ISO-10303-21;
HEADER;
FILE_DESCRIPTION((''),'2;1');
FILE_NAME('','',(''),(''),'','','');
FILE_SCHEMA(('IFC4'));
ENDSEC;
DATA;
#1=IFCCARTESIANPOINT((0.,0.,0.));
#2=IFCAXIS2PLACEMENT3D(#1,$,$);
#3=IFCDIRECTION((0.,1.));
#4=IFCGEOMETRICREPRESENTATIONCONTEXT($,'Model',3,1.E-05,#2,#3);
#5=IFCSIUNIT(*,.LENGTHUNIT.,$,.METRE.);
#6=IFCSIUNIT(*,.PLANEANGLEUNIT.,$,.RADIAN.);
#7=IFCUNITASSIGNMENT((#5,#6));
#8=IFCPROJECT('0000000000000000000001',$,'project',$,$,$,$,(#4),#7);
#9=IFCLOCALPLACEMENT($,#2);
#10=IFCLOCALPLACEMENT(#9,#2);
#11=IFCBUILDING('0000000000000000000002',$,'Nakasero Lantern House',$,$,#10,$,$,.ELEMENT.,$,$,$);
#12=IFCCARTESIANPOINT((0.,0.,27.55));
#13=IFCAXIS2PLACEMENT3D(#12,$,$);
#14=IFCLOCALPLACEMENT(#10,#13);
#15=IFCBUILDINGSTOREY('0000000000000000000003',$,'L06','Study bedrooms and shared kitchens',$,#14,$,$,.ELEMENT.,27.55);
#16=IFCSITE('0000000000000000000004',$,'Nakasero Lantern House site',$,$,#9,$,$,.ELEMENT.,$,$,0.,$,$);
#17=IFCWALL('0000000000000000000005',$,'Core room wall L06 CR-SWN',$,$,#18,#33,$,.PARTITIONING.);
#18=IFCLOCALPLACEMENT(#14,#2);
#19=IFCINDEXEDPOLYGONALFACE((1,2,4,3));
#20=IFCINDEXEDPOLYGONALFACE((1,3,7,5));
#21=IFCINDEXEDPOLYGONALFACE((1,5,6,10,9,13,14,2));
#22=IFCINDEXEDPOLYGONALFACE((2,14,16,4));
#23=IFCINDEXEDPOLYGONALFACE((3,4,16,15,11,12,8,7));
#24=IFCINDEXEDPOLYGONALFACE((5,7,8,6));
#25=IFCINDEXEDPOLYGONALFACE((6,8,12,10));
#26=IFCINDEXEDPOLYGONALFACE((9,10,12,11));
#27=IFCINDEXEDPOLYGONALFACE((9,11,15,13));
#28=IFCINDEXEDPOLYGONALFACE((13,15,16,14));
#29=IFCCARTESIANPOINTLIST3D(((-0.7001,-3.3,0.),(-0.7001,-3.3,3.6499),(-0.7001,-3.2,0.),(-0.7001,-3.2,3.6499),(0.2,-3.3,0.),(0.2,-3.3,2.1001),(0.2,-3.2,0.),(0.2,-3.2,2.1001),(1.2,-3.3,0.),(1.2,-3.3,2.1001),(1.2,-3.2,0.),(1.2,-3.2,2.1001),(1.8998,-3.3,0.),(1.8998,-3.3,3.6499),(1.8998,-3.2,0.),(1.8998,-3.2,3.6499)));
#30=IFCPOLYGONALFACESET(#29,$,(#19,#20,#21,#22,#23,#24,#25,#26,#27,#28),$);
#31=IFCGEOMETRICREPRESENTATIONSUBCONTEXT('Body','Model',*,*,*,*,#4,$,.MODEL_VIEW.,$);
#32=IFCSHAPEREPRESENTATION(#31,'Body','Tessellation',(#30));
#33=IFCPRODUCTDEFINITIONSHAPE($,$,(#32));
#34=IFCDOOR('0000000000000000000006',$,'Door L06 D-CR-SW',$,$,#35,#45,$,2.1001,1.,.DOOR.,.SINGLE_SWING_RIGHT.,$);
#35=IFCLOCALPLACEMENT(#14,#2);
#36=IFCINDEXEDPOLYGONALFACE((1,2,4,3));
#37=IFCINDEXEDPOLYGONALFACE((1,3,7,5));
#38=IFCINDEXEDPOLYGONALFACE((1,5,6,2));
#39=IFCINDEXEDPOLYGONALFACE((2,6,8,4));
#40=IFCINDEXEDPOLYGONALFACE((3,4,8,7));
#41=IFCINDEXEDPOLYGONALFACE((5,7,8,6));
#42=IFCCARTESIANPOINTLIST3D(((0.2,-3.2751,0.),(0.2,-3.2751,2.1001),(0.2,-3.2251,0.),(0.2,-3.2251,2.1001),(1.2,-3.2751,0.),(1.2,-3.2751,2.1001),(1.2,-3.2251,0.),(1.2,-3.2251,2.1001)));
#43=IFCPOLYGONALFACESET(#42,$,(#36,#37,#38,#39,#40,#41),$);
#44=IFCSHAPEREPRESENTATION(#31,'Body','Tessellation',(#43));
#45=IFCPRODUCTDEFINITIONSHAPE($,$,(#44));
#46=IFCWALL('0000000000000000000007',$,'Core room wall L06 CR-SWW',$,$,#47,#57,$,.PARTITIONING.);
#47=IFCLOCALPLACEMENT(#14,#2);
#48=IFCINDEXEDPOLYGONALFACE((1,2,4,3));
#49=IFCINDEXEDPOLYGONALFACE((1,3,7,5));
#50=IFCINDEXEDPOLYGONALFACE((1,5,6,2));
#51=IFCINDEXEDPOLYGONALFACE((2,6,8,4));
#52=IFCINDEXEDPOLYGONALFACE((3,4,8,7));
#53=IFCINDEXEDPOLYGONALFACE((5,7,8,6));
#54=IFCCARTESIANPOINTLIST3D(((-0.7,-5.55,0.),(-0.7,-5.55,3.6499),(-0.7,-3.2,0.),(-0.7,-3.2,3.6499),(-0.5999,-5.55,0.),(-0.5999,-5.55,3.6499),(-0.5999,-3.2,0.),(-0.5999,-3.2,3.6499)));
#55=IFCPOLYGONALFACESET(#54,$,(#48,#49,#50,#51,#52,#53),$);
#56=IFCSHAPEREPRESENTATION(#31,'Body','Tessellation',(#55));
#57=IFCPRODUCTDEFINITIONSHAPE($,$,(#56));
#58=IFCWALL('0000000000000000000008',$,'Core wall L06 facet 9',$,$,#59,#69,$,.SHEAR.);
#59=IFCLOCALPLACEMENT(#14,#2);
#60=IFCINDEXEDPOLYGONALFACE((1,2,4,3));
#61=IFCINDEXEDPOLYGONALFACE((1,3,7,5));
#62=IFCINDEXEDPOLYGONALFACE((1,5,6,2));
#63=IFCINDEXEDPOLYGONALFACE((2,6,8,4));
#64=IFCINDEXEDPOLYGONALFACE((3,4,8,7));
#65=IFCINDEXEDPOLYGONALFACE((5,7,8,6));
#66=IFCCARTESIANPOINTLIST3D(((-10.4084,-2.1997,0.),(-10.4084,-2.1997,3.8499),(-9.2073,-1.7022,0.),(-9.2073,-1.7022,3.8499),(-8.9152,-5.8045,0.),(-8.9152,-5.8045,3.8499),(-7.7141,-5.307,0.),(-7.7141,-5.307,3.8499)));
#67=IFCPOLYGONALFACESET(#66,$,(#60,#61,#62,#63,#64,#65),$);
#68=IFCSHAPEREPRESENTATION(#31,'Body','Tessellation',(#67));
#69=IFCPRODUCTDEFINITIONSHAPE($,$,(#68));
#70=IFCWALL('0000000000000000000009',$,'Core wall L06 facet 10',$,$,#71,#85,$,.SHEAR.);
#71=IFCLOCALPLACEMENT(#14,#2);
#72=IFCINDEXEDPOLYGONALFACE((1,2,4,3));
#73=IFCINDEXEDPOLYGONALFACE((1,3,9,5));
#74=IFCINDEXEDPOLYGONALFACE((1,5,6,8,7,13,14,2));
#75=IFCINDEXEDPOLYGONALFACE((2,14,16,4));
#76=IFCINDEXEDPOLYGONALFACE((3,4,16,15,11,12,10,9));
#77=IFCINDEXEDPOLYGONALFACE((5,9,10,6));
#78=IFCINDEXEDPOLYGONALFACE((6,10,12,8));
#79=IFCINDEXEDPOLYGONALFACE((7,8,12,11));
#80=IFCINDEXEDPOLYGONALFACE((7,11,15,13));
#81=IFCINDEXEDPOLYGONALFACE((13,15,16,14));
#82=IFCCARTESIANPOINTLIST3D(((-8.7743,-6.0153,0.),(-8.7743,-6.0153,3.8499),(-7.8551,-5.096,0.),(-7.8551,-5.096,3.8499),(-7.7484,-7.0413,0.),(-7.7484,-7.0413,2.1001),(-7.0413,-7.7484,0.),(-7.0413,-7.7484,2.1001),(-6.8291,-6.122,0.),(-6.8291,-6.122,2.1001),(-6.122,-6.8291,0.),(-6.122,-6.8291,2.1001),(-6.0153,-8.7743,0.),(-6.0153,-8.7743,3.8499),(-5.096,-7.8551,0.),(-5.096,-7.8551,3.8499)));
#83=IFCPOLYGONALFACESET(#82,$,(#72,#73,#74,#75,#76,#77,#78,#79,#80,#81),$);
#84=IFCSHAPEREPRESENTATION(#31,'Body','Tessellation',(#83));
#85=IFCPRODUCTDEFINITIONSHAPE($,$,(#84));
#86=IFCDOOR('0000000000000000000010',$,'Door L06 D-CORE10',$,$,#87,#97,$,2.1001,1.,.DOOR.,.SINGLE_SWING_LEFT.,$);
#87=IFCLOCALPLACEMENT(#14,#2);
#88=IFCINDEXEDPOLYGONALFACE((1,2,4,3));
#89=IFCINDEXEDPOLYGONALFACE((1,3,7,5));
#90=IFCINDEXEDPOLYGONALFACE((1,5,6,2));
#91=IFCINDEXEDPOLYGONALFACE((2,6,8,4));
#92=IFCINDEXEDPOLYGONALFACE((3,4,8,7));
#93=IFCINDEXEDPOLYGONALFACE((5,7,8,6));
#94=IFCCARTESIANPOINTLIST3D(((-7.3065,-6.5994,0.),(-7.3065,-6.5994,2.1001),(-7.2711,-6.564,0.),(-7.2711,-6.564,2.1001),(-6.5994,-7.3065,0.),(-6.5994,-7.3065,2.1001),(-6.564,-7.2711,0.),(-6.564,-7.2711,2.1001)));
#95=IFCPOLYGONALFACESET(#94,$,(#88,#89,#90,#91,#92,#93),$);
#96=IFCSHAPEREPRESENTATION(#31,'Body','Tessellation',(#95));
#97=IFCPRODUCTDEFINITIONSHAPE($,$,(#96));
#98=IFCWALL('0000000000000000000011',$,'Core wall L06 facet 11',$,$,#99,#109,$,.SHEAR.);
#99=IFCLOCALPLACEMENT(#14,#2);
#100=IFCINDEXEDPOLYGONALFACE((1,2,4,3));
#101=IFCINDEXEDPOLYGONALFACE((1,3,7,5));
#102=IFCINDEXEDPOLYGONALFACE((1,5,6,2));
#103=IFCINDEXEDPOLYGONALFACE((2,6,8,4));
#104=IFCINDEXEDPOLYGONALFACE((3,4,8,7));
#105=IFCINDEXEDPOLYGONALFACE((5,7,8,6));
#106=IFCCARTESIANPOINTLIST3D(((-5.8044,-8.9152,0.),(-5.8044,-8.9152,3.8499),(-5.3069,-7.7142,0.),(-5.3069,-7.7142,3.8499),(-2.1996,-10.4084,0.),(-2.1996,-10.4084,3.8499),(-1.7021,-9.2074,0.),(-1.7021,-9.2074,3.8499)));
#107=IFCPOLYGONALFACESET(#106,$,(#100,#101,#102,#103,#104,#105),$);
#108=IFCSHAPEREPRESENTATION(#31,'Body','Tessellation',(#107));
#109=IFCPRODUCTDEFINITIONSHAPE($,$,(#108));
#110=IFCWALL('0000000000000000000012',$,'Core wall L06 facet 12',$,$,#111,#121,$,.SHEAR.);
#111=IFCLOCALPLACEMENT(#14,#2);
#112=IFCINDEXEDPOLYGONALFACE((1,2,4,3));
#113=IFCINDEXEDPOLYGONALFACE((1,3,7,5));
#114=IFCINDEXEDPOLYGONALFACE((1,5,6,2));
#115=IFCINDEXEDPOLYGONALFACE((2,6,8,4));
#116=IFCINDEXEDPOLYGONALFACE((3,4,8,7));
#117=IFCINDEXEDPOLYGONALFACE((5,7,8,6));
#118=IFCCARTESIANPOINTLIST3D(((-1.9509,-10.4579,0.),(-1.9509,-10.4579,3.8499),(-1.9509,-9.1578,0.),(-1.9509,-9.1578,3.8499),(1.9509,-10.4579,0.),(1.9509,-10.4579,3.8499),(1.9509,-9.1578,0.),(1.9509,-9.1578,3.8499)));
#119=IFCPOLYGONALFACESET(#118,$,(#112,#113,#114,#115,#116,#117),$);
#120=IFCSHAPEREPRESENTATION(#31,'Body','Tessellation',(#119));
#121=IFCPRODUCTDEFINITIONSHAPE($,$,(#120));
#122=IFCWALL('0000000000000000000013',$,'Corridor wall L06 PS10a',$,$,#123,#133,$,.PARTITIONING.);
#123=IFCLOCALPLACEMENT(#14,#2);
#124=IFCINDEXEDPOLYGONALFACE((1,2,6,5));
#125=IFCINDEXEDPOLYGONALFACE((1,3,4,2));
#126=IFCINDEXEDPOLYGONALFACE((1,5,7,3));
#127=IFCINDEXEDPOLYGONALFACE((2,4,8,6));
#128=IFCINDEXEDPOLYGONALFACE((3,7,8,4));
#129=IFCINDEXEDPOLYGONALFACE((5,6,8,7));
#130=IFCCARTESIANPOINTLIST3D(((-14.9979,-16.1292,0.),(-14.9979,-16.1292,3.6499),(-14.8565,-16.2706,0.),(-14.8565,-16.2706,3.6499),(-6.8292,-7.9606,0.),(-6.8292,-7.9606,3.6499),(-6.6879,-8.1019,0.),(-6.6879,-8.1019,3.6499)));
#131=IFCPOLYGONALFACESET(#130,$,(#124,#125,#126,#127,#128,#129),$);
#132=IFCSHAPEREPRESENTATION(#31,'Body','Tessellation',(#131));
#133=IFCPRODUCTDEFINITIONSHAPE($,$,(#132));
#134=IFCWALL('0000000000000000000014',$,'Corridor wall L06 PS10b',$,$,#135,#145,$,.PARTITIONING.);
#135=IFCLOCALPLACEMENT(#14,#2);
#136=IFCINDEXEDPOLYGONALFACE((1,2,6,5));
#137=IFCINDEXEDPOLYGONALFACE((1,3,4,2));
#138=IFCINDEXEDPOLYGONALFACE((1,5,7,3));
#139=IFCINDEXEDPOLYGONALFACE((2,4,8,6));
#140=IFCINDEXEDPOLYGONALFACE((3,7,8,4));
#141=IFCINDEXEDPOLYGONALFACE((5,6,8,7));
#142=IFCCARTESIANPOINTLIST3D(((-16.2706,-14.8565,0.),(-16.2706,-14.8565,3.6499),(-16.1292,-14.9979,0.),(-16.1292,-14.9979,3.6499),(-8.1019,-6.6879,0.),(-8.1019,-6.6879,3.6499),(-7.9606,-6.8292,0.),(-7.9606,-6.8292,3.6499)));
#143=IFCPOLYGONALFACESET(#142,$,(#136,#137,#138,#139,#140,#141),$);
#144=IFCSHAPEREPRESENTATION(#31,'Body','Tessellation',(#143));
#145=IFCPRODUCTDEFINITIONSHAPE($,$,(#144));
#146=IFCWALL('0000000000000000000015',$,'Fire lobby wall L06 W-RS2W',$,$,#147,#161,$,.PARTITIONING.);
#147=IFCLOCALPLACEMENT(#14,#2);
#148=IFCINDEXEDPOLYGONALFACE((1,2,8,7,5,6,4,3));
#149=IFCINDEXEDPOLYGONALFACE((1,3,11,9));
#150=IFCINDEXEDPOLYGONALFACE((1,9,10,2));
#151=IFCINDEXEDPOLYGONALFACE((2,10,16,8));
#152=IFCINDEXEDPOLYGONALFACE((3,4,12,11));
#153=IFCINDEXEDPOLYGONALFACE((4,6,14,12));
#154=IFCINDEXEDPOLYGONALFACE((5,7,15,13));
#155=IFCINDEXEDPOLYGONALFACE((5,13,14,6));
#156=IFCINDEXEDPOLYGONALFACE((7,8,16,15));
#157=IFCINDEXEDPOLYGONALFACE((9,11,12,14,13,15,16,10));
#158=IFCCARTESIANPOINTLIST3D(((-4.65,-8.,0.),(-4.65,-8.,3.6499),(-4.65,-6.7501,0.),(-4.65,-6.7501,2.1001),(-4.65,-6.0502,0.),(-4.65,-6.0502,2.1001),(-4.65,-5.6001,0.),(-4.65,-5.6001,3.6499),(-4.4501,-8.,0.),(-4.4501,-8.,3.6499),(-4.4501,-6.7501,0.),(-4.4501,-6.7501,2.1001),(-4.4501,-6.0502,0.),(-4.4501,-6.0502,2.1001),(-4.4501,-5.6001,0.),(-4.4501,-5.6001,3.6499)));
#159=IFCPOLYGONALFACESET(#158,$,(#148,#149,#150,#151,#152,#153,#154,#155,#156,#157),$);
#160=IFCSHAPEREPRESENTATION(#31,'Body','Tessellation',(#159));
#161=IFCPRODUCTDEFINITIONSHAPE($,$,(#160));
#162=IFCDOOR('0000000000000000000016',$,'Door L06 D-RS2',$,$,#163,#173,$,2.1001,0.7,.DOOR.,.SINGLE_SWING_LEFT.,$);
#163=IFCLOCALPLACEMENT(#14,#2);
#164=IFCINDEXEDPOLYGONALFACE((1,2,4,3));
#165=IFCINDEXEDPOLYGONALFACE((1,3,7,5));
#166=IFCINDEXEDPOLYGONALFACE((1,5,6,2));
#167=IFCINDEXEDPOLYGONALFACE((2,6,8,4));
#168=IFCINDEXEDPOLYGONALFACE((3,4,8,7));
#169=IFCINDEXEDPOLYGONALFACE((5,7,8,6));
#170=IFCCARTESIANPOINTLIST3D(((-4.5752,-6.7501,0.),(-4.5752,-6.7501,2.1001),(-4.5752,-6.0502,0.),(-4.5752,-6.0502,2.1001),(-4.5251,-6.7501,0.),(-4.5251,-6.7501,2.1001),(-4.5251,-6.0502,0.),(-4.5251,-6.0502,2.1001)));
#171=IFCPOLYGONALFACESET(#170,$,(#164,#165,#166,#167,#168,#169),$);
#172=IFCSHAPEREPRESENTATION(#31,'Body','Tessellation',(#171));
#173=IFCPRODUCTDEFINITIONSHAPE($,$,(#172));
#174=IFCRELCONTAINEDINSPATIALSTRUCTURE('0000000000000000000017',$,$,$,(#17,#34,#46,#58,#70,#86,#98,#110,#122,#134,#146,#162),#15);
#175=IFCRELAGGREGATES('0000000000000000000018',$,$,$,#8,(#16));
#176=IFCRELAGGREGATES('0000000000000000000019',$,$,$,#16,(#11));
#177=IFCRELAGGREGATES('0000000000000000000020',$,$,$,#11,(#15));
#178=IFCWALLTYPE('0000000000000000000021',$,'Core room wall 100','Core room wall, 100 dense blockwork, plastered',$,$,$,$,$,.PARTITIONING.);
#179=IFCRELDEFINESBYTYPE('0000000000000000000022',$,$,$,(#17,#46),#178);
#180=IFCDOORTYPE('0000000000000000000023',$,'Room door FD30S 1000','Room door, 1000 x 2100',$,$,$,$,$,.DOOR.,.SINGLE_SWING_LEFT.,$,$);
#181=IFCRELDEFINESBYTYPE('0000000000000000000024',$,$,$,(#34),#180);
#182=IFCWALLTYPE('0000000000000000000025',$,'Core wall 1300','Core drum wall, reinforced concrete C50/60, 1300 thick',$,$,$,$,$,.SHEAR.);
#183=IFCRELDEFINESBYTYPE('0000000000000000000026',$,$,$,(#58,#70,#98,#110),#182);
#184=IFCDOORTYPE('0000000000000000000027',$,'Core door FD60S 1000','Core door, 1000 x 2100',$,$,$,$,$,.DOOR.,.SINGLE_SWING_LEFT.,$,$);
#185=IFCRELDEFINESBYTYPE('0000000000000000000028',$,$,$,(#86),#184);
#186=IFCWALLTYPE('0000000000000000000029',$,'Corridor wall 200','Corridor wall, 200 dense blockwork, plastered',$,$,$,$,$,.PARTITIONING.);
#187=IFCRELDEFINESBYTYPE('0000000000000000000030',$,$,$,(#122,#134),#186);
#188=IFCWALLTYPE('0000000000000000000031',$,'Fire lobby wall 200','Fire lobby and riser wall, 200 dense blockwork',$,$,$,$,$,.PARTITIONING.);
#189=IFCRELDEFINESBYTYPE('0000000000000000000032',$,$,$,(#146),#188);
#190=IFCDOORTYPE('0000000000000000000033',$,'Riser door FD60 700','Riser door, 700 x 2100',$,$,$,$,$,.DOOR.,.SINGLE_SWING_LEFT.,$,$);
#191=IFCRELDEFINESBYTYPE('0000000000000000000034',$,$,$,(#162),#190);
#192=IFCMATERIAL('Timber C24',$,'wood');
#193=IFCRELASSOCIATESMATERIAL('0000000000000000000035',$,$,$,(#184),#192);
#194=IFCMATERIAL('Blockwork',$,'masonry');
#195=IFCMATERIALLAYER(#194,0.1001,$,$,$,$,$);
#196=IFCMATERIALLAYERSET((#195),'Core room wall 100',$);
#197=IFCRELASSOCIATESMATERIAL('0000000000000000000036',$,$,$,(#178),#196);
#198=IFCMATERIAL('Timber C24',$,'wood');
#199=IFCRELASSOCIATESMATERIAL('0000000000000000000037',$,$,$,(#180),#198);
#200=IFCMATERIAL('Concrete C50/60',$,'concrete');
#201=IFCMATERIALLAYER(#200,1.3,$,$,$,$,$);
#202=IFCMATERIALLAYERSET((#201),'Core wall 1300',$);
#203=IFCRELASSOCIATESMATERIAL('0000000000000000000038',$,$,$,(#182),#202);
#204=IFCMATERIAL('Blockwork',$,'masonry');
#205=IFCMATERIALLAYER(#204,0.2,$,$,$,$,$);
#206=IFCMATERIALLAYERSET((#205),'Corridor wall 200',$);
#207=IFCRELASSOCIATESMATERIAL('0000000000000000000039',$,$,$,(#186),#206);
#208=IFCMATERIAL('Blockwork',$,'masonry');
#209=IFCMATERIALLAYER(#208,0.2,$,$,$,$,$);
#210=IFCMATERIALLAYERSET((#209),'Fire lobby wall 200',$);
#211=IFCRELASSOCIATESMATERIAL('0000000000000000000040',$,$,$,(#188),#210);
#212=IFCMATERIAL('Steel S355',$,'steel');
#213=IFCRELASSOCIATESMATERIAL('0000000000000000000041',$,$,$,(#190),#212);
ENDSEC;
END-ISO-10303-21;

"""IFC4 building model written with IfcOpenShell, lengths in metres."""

from ifc_helpers import new_model, si_unit, direction, frame, frame_2d, origin, place, context, subcontext, project, spatial, rectangle, extrude, material, layer, layer_set, type_object, element, fill, save


model = new_model("IFC4")

# Units and contexts
model_context = context("Model", 3, precision=1e-05, world=origin(), true_north=direction((0.0, 1.0)))
body_context = subcontext(model_context, "Body", "Model", "MODEL_VIEW")
ifc_project = project(units=[si_unit("LENGTHUNIT", "METRE"), si_unit("PLANEANGLEUNIT", "RADIAN")], contexts=[model_context])

# Site, building, storey
site_placement = place(None, origin())
site = spatial("IfcSite", under=ifc_project, at=site_placement, Name="Nakasero Lantern House site", CompositionType="ELEMENT", RefElevation=0.0)
building_placement = place(site_placement, origin())
building = spatial("IfcBuilding", under=site, at=building_placement, Name="Nakasero Lantern House", CompositionType="ELEMENT")
storey_placement = place(building_placement, frame((0.0, 0.0, 27.55)))
storey = spatial("IfcBuildingStorey", under=building, at=storey_placement, Name="L06", Description="Study bedrooms and shared kitchens", CompositionType="ELEMENT", Elevation=27.55)

# Shared definitions
ifc_material_1 = material(Name="Timber C24", Category="wood")
door_type_1 = type_object("IfcDoorType", Name="Core door FD60S 1000", Description="Core door, 1000 x 2100", OperationType="SINGLE_SWING_LEFT", PredefinedType="DOOR", material=ifc_material_1)

# Wall, opening, door
ifc_material_2 = material(Name="Blockwork", Category="masonry")
ifc_layer_1 = layer(ifc_material_2, 0.1001)
ifc_layer_set_1 = layer_set([ifc_layer_1], Name="Core room wall 100")
wall_type_1 = type_object("IfcWallType", Name="Core room wall 100", Description="Core room wall, 100 dense blockwork, plastered", PredefinedType="PARTITIONING", material=ifc_layer_set_1)
wall_1_placement = place(storey_placement, frame((-0.7, -3.25, 0.0), z_axis=(0.0, 0.0, 1.0), x_axis=(1.0, 0.0, 0.0)))
wall_1 = element("IfcWall", 1, at=wall_1_placement, inside=storey, type_object=wall_type_1, Name="Core room wall L06 CR-SWN", PredefinedType="PARTITIONING", context=body_context, shape_type="SweptSolid", body=[
    extrude(rectangle(XDim=2.5999, YDim=0.1001, at=frame_2d((1.2998, 0.0))), origin(), (0.0, 0.0, 1.0), 3.6499),
])
opening_1_placement = place(wall_1_placement, frame((0.8999, 0.0, 0.0)))
opening_1 = element("IfcOpeningElement", 2, at=opening_1_placement, cuts=wall_1, PredefinedType="OPENING", context=body_context, shape_type="SweptSolid", body=[
    extrude(rectangle(XDim=1.0, YDim=2.1001, at=frame_2d((0.5, 1.05))), frame((0.0, 0.0701, 0.0), z_axis=(0.0, -1.0, 0.0), x_axis=(1.0, 0.0, 0.0)), (0.0, 0.0, 1.0), 0.1401),
])
ifc_material_3 = material(Name="Timber C24", Category="wood")
door_type_2 = type_object("IfcDoorType", Name="Room door FD30S 1000", Description="Room door, 1000 x 2100", OperationType="SINGLE_SWING_LEFT", PredefinedType="DOOR", material=ifc_material_3)
door_1_placement = place(opening_1_placement, origin())
door_1 = element("IfcDoor", 3, at=door_1_placement, inside=storey, type_object=door_type_2, Name="Door L06 D-CR-SW", OperationType="SINGLE_SWING_RIGHT", OverallHeight=2.1001, OverallWidth=1.0, PredefinedType="DOOR", context=body_context, shape_type="SweptSolid", body=[
    extrude(rectangle(XDim=1.0, YDim=2.1001, at=frame_2d((0.5, 1.05))), frame((0.0, 0.0249, 0.0), z_axis=(0.0, -1.0, 0.0), x_axis=(1.0, 0.0, 0.0)), (0.0, 0.0, 1.0), 0.05),
])
fill(opening_1, door_1)

# Walls
wall_2_placement = place(storey_placement, frame((-0.6499, -5.55, 0.0), z_axis=(0.0, 0.0, 1.0), x_axis=(0.0, 1.0, 0.0)))
element("IfcWall", 4, at=wall_2_placement, inside=storey, type_object=wall_type_1, Name="Core room wall L06 CR-SWW", PredefinedType="PARTITIONING", context=body_context, shape_type="SweptSolid", body=[
    extrude(rectangle(XDim=2.3501, YDim=0.1001, at=frame_2d((1.175, 0.0))), origin(), (0.0, 0.0, 1.0), 3.6499),
])
ifc_material_4 = material(Name="Concrete C50/60", Category="concrete")
ifc_layer_2 = layer(ifc_material_4, 1.3)
ifc_layer_set_2 = layer_set([ifc_layer_2], Name="Core wall 1300")
wall_type_2 = type_object("IfcWallType", Name="Core wall 1300", Description="Core drum wall, reinforced concrete C50/60, 1300 thick", PredefinedType="SHEAR", material=ifc_layer_set_2)
wall_3_placement = place(storey_placement, frame((-9.8079, -1.9509, 0.0), z_axis=(0.0, 0.0, 1.0), x_axis=(0.382691, -0.923877, 0.0)))
element("IfcWall", 5, at=wall_3_placement, inside=storey, type_object=wall_type_2, Name="Core wall L06 facet 9", PredefinedType="SHEAR", context=body_context, shape_type="SweptSolid", body=[
    extrude(rectangle(XDim=3.9019, YDim=1.3, at=frame_2d((1.9509, 0.0))), origin(), (0.0, 0.0, 1.0), 3.8499),
])

# Wall, opening, door
wall_4_placement = place(storey_placement, frame((-8.3147, -5.5557, 0.0), z_axis=(0.0, 0.0, 1.0), x_axis=(0.707107, -0.707107, 0.0)))
wall_4 = element("IfcWall", 6, at=wall_4_placement, inside=storey, type_object=wall_type_2, Name="Core wall L06 facet 10", PredefinedType="SHEAR", context=body_context, shape_type="SweptSolid", body=[
    extrude(rectangle(XDim=3.9019, YDim=1.3, at=frame_2d((1.9509, 0.0))), origin(), (0.0, 0.0, 1.0), 3.8499),
])
opening_2_placement = place(wall_4_placement, frame((1.4509, 0.0, 0.0)))
opening_2 = element("IfcOpeningElement", 7, at=opening_2_placement, cuts=wall_4, PredefinedType="OPENING", context=body_context, shape_type="SweptSolid", body=[
    extrude(rectangle(XDim=1.0, YDim=2.1001, at=frame_2d((0.5, 1.05))), frame((0.0, 0.6699, 0.0), z_axis=(0.0, -1.0, 0.0), x_axis=(1.0, 0.0, 0.0)), (0.0, 0.0, 1.0), 1.3401),
])
door_2_placement = place(opening_2_placement, origin())
door_2 = element("IfcDoor", 8, at=door_2_placement, inside=storey, type_object=door_type_1, Name="Door L06 D-CORE10", OperationType="SINGLE_SWING_LEFT", OverallHeight=2.1001, OverallWidth=1.0, PredefinedType="DOOR", context=body_context, shape_type="SweptSolid", body=[
    extrude(rectangle(XDim=1.0, YDim=2.1001, at=frame_2d((0.5, 1.05))), frame((0.0, 0.0249, 0.0), z_axis=(0.0, -1.0, 0.0), x_axis=(1.0, 0.0, 0.0)), (0.0, 0.0, 1.0), 0.05),
])
fill(opening_2, door_2)

# Walls
for number, where, z_axis, x_axis, name in (
    (9, (-5.5557, -8.3147, 0.0), (0.0, 0.0, 1.0), (0.923877, -0.382691, 0.0), "Core wall L06 facet 11"),
    (10, (-1.9509, -9.8079, 0.0), (0.0, 0.0, 1.0), (1.0, 0.0, 0.0), "Core wall L06 facet 12"),
):
    element("IfcWall", number, at=place(storey_placement, frame(where, z_axis=z_axis, x_axis=x_axis)), inside=storey, type_object=wall_type_2, Name=name, PredefinedType="SHEAR", context=body_context, shape_type="SweptSolid", body=[
        extrude(rectangle(XDim=3.9019, YDim=1.3, at=frame_2d((1.9509, 0.0))), origin(), (0.0, 0.0, 1.0), 3.8499),
    ])
ifc_material_5 = material(Name="Blockwork", Category="masonry")
ifc_layer_3 = layer(ifc_material_5, 0.2)
ifc_layer_set_3 = layer_set([ifc_layer_3], Name="Corridor wall 200")
wall_type_3 = type_object("IfcWallType", Name="Corridor wall 200", Description="Corridor wall, 200 dense blockwork, plastered", PredefinedType="PARTITIONING", material=ifc_layer_set_3)
for number, where, z_axis, x_axis, name in (
    (11, (-6.7585, -8.0312, 0.0), (0.0, 0.0, 1.0), (-0.707107, -0.707107, 0.0), "Corridor wall L06 PS10a"),
    (12, (-8.0312, -6.7585, 0.0), (0.0, 0.0, 1.0), (-0.707107, -0.707107, 0.0), "Corridor wall L06 PS10b"),
):
    element("IfcWall", number, at=place(storey_placement, frame(where, z_axis=z_axis, x_axis=x_axis)), inside=storey, type_object=wall_type_3, Name=name, PredefinedType="PARTITIONING", context=body_context, shape_type="SweptSolid", body=[
        extrude(rectangle(XDim=11.5522, YDim=0.2, at=frame_2d((5.7761, 0.0))), origin(), (0.0, 0.0, 1.0), 3.6499),
    ])

# Wall, opening, door
ifc_material_6 = material(Name="Blockwork", Category="masonry")
ifc_layer_4 = layer(ifc_material_6, 0.2)
ifc_layer_set_4 = layer_set([ifc_layer_4], Name="Fire lobby wall 200")
wall_type_4 = type_object("IfcWallType", Name="Fire lobby wall 200", Description="Fire lobby and riser wall, 200 dense blockwork", PredefinedType="PARTITIONING", material=ifc_layer_set_4)
wall_5_placement = place(storey_placement, frame((-4.55, -5.6001, 0.0), z_axis=(0.0, 0.0, 1.0), x_axis=(0.0, -1.0, 0.0)))
wall_5 = element("IfcWall", 13, at=wall_5_placement, inside=storey, type_object=wall_type_4, Name="Fire lobby wall L06 W-RS2W", PredefinedType="PARTITIONING", context=body_context, shape_type="SweptSolid", body=[
    extrude(rectangle(XDim=2.3999, YDim=0.2, at=frame_2d((1.2, 0.0))), origin(), (0.0, 0.0, 1.0), 3.6499),
])
opening_3_placement = place(wall_5_placement, frame((0.45, 0.0, 0.0)))
opening_3 = element("IfcOpeningElement", 14, at=opening_3_placement, cuts=wall_5, PredefinedType="OPENING", context=body_context, shape_type="SweptSolid", body=[
    extrude(rectangle(XDim=0.7, YDim=2.1001, at=frame_2d((0.3501, 1.05))), frame((0.0, 0.1199, 0.0), z_axis=(0.0, -1.0, 0.0), x_axis=(1.0, 0.0, 0.0)), (0.0, 0.0, 1.0), 0.24),
])
ifc_material_7 = material(Name="Steel S355", Category="steel")
door_type_3 = type_object("IfcDoorType", Name="Riser door FD60 700", Description="Riser door, 700 x 2100", OperationType="SINGLE_SWING_LEFT", PredefinedType="DOOR", material=ifc_material_7)
door_3_placement = place(opening_3_placement, origin())
door_3 = element("IfcDoor", 15, at=door_3_placement, inside=storey, type_object=door_type_3, Name="Door L06 D-RS2", OperationType="SINGLE_SWING_LEFT", OverallHeight=2.1001, OverallWidth=0.7, PredefinedType="DOOR", context=body_context, shape_type="SweptSolid", body=[
    extrude(rectangle(XDim=0.7, YDim=2.1001, at=frame_2d((0.3501, 1.05))), frame((0.0, 0.0249, 0.0), z_axis=(0.0, -1.0, 0.0), x_axis=(1.0, 0.0, 0.0)), (0.0, 0.0, 1.0), 0.05),
])
fill(opening_3, door_3)

save(model, "model.ifc")
